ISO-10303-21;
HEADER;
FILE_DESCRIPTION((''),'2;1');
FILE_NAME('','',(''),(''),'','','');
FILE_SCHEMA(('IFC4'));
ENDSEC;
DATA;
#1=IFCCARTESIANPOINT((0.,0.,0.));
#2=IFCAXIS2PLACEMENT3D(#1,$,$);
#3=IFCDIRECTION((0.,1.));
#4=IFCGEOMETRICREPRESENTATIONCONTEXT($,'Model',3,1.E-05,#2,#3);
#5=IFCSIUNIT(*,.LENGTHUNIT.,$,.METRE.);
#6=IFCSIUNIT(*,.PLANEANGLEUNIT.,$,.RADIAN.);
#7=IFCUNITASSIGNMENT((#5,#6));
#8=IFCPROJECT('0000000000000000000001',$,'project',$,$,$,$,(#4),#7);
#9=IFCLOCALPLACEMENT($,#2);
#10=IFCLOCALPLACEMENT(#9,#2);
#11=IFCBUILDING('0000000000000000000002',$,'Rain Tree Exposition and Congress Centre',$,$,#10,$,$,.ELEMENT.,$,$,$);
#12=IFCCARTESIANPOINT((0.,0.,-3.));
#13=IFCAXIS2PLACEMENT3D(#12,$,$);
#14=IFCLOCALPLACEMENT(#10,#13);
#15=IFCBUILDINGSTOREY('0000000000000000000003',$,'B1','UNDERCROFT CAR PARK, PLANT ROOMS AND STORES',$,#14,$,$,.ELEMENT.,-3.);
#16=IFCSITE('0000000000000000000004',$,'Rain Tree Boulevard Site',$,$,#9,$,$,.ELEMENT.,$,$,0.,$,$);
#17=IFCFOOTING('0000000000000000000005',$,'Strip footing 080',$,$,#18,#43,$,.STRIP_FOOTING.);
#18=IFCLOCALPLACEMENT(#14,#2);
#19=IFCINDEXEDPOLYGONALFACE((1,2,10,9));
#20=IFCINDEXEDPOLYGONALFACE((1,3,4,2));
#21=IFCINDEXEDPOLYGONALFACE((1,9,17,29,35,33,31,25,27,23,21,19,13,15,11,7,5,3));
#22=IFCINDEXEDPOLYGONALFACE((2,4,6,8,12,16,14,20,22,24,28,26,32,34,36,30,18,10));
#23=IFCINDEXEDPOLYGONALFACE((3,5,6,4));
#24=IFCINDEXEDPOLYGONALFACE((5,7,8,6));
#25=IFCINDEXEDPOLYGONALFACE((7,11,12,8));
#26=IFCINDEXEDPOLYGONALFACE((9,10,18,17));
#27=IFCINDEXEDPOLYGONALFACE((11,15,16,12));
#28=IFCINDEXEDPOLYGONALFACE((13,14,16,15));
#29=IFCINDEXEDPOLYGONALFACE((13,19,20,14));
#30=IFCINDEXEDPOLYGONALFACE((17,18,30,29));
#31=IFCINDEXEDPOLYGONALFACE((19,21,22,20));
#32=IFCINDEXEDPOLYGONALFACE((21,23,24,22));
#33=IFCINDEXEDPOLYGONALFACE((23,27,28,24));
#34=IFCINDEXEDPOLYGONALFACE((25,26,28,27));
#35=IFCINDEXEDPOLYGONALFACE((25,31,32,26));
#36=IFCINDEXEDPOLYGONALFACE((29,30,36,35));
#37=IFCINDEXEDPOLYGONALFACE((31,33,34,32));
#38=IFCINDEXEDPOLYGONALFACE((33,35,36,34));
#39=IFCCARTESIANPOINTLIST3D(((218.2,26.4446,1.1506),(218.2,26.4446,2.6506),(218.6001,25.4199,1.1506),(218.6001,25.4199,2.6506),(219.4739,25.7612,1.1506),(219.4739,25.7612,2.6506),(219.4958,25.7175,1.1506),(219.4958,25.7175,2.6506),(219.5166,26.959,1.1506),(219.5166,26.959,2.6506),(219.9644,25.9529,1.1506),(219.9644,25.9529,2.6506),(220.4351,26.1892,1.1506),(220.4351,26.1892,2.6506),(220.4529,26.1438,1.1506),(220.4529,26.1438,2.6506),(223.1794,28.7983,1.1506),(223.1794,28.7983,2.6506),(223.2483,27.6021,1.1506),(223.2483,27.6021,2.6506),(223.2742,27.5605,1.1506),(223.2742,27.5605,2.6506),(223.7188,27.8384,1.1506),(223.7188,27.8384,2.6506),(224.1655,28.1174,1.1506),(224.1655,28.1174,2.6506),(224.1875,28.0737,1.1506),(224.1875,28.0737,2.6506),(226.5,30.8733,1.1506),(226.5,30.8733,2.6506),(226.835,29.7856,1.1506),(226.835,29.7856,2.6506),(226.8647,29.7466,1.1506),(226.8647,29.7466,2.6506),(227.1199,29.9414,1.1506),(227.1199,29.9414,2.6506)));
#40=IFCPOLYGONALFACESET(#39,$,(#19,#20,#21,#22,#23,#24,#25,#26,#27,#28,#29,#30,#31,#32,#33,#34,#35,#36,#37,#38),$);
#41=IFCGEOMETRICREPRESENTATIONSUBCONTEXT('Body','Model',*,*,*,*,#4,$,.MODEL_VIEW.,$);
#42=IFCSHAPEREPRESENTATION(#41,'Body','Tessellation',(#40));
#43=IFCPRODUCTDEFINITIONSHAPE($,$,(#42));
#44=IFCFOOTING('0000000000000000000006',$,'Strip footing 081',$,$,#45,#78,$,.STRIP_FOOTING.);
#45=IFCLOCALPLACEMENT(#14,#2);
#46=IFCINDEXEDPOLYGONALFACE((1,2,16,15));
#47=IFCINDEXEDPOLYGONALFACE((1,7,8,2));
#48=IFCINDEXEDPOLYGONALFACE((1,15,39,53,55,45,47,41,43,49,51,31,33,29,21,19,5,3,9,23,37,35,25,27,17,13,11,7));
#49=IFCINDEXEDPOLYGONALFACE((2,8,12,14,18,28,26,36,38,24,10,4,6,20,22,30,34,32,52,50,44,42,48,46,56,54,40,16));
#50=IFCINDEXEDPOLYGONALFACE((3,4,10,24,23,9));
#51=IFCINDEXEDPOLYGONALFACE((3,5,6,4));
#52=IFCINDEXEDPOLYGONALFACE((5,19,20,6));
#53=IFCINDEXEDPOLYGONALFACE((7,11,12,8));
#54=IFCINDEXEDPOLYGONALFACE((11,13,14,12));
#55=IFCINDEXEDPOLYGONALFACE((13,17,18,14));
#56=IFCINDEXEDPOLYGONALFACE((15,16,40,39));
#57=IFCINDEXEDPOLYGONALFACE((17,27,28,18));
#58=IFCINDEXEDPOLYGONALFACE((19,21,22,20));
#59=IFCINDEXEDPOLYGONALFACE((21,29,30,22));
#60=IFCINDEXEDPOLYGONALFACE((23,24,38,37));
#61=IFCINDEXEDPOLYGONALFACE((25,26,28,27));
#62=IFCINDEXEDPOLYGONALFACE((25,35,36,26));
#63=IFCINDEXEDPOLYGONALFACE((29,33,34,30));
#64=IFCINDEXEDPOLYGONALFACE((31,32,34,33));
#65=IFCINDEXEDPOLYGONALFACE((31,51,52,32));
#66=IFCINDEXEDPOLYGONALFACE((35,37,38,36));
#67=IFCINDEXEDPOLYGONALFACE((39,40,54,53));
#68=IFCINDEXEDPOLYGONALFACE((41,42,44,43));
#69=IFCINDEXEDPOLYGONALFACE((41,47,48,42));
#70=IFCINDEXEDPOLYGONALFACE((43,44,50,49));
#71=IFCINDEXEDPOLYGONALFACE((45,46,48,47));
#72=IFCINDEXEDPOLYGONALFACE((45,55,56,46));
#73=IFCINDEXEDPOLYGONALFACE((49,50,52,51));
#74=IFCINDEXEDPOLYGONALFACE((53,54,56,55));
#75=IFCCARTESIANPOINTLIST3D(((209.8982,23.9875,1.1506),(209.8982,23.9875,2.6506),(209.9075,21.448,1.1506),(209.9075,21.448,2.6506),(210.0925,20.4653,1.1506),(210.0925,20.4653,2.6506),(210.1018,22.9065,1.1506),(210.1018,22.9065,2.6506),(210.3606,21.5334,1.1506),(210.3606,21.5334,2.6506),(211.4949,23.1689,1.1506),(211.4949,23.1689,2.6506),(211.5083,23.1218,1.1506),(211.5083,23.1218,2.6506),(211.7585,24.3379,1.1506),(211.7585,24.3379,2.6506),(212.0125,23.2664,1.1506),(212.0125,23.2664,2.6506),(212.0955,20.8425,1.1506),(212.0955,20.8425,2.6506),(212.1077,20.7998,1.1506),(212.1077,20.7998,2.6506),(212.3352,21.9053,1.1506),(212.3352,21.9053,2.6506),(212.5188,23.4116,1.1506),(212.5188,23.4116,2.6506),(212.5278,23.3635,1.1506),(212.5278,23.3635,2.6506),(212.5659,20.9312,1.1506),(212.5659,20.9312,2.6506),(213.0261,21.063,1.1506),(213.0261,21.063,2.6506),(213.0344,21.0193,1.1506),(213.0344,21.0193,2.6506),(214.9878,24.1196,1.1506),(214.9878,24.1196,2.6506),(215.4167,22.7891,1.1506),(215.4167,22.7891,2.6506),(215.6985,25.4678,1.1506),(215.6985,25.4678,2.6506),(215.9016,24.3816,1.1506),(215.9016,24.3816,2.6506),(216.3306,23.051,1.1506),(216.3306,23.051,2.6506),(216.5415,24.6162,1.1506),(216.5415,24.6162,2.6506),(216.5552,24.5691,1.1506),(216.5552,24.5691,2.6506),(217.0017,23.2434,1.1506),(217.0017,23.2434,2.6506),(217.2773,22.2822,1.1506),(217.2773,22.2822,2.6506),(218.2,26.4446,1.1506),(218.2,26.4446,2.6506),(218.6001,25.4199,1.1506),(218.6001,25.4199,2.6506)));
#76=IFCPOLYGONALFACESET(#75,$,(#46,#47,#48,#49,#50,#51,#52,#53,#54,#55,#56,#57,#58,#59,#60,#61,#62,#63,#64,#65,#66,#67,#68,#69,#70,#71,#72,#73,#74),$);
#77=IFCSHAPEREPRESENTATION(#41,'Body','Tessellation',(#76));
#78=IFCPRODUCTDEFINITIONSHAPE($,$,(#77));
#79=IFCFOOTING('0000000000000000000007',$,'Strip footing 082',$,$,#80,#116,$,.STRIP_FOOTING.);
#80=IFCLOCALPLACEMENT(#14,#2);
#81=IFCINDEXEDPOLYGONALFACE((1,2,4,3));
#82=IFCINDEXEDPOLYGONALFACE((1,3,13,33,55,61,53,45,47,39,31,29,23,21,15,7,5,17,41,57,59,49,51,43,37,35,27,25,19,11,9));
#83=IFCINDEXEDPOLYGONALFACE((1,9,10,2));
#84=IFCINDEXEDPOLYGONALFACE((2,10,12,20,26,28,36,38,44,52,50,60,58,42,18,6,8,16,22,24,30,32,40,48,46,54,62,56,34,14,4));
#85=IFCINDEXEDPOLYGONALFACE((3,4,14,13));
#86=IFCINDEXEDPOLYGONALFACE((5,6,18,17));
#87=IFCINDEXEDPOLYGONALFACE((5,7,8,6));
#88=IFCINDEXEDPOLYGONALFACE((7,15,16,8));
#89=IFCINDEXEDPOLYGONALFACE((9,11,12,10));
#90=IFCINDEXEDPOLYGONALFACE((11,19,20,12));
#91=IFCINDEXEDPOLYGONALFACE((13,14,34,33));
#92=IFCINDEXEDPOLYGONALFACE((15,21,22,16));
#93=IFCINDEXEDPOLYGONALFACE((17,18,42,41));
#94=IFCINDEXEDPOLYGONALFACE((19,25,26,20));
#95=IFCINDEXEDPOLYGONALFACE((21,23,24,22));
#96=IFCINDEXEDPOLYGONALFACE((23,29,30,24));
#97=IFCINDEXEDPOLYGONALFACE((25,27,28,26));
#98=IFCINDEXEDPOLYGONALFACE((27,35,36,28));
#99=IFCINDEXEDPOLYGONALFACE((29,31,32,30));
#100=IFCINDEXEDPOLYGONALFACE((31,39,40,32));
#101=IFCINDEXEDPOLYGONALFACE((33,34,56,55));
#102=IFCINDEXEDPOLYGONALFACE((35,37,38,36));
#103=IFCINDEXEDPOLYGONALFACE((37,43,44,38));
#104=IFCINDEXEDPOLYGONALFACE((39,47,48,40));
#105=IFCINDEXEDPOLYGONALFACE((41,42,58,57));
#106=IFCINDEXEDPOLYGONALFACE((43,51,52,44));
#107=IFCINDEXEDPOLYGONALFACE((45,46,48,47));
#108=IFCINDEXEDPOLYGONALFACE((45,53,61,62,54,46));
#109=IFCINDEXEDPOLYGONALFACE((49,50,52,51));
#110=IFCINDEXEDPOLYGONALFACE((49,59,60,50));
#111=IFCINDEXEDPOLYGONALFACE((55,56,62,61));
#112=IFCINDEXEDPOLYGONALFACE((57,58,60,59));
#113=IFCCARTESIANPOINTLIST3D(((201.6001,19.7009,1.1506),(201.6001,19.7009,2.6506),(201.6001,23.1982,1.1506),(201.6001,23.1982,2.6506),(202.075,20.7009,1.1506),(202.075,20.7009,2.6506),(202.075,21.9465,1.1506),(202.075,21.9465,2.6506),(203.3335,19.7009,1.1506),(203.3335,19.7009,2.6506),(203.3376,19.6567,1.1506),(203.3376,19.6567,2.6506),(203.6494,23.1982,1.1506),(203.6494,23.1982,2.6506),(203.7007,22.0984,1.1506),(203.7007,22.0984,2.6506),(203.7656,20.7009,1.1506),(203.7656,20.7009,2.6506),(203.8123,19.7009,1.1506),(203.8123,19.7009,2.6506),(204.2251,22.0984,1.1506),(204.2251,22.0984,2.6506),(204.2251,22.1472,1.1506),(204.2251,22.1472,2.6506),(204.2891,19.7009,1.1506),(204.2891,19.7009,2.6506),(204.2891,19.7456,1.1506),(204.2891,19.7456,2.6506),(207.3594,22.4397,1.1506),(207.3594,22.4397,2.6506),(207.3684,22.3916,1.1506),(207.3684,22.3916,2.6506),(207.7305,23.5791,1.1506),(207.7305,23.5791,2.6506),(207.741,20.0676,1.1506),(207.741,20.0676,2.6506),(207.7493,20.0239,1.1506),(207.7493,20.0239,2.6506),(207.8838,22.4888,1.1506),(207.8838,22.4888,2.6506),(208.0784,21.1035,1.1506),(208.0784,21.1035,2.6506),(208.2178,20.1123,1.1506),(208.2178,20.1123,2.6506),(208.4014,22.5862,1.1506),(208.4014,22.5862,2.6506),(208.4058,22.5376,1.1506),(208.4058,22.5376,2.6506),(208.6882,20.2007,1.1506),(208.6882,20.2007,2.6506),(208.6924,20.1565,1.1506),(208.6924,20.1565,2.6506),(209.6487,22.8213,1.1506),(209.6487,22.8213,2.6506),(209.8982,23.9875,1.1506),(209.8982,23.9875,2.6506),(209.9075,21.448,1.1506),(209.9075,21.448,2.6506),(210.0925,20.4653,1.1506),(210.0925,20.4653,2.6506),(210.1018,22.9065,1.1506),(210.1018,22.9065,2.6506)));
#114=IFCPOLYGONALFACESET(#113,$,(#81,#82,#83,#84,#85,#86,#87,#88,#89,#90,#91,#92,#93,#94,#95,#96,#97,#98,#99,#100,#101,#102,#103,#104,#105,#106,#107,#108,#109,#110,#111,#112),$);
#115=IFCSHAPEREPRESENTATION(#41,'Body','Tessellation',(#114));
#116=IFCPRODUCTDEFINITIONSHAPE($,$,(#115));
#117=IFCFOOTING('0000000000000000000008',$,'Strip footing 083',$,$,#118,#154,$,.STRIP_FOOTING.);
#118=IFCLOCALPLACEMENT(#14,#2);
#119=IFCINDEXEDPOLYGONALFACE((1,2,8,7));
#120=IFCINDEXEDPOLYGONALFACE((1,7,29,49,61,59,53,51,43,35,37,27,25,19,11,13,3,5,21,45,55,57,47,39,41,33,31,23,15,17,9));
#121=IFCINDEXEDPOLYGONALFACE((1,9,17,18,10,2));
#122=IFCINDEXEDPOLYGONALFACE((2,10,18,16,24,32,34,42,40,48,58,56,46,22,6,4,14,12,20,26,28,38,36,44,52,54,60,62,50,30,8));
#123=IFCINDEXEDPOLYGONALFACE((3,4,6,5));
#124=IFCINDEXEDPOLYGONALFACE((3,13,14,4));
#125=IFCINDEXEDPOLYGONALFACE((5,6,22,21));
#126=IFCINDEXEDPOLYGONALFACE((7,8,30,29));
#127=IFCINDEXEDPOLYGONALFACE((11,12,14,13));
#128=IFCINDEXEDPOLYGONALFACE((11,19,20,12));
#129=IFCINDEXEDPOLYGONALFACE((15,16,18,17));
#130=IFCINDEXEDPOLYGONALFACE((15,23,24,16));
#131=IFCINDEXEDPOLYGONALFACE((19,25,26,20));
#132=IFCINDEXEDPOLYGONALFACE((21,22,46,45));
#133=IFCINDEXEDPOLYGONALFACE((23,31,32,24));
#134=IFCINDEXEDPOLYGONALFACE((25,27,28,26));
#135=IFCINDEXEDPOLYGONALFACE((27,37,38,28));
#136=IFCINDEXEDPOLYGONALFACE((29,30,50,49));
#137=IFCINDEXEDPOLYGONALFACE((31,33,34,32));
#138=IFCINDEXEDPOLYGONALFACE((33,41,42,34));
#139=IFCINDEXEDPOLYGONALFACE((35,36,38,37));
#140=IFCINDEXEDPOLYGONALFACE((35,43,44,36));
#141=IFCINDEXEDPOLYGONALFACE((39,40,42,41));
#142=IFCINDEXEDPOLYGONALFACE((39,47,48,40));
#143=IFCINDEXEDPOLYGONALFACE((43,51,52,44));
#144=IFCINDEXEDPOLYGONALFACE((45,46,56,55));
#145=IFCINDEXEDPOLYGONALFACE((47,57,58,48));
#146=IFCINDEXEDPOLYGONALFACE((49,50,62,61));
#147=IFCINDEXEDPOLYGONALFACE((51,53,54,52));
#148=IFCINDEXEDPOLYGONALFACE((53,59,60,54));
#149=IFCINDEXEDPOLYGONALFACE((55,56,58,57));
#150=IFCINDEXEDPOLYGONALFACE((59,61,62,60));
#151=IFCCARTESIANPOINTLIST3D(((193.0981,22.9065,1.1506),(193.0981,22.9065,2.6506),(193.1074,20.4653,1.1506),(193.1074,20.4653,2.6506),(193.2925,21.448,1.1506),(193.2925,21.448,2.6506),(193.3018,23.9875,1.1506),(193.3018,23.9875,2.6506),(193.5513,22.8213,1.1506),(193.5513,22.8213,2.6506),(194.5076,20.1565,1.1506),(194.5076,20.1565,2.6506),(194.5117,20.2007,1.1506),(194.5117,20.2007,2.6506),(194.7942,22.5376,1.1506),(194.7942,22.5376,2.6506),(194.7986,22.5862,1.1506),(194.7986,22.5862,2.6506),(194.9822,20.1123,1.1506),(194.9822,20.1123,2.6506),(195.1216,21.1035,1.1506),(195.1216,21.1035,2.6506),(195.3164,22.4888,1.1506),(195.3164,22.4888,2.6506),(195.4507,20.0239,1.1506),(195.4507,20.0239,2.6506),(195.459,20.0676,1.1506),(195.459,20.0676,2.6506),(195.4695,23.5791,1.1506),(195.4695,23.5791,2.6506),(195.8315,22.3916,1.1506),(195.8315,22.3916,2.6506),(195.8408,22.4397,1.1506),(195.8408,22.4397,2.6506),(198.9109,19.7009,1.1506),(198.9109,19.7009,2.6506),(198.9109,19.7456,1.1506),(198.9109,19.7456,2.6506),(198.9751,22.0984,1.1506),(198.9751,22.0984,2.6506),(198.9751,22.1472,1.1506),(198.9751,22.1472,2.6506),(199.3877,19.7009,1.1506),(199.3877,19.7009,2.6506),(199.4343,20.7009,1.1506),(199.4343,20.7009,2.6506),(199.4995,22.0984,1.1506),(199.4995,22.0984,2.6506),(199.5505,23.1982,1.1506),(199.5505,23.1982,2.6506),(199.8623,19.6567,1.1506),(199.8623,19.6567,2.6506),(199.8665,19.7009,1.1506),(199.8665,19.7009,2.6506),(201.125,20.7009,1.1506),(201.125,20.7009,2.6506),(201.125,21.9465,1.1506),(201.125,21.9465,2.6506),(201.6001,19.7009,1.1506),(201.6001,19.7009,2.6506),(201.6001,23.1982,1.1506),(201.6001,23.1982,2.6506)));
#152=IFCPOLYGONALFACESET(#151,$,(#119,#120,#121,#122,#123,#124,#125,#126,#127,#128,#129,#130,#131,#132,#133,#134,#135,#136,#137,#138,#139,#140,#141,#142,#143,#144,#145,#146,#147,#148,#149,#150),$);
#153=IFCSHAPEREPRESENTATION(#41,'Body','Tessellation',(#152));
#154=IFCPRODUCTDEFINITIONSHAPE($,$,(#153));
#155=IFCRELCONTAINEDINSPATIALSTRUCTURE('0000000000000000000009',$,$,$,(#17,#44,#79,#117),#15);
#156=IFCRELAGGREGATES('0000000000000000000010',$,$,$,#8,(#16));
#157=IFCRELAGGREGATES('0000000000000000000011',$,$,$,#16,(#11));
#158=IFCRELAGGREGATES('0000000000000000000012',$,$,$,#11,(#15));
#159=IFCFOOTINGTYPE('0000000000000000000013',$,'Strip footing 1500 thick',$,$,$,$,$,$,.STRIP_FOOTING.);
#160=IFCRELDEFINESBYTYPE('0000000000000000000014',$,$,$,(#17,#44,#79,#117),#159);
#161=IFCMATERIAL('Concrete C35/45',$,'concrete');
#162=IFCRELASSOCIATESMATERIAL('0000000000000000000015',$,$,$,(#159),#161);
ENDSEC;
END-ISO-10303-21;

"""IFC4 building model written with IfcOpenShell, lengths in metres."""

from ifc_helpers import new_model, si_unit, direction, frame, origin, place, context, subcontext, project, spatial, polyline, outline, extrude, material, type_object, element, save


model = new_model("IFC4")

# Units and contexts
model_context = context("Model", 3, precision=1e-05, world=origin(), true_north=direction((0.0, 1.0)))
body_context = subcontext(model_context, "Body", "Model", "MODEL_VIEW")
ifc_project = project(units=[si_unit("LENGTHUNIT", "METRE"), si_unit("PLANEANGLEUNIT", "RADIAN")], contexts=[model_context])

# Site, building, storey
site_placement = place(None, origin())
site = spatial("IfcSite", under=ifc_project, at=site_placement, Name="Rain Tree Boulevard Site", CompositionType="ELEMENT", RefElevation=0.0)
building_placement = place(site_placement, origin())
building = spatial("IfcBuilding", under=site, at=building_placement, Name="Rain Tree Exposition and Congress Centre", CompositionType="ELEMENT")
storey_placement = place(building_placement, frame((0.0, 0.0, -3.0)))
storey = spatial("IfcBuildingStorey", under=building, at=storey_placement, Name="B1", Description="UNDERCROFT CAR PARK, PLANT ROOMS AND STORES", CompositionType="ELEMENT", Elevation=-3.0)

# Footings
ifc_material_1 = material(Name="Concrete C35/45", Category="concrete")
footing_type_1 = type_object("IfcFootingType", Name="Strip footing 1500 thick", PredefinedType="STRIP_FOOTING", material=ifc_material_1)
footing_1_placement = place(storey_placement, frame((0.0, 0.0, 1.1506)))
element("IfcFooting", 1, at=footing_1_placement, inside=storey, type_object=footing_type_1, Name="Strip footing 080", PredefinedType="STRIP_FOOTING", context=body_context, shape_type="SweptSolid", body=[
    extrude(outline(polyline([(227.1199, 29.9414), (226.5, 30.8733), (223.1794, 28.7983), (219.5166, 26.959), (218.2, 26.4446), (218.6001, 25.4199), (219.4739, 25.7612), (219.4958, 25.7175), (219.9644, 25.9529), (220.4529, 26.1438), (220.4351, 26.1892), (223.2483, 27.6021), (223.2742, 27.5605), (223.7188, 27.8384), (224.1875, 28.0737), (224.1655, 28.1174), (226.835, 29.7856), (226.8647, 29.7466), (227.1199, 29.9414)])), origin(), (0.0, 0.0, 1.0), 1.5),
])
footing_2_placement = place(storey_placement, frame((0.0, 0.0, 1.1506)))
element("IfcFooting", 2, at=footing_2_placement, inside=storey, type_object=footing_type_1, Name="Strip footing 081", PredefinedType="STRIP_FOOTING", context=body_context, shape_type="SweptSolid", body=[
    extrude(outline(polyline([(218.6001, 25.4199), (218.2, 26.4446), (215.6985, 25.4678), (211.7585, 24.3379), (209.8982, 23.9875), (210.1018, 22.9065), (211.4949, 23.1689), (211.5083, 23.1218), (212.0125, 23.2664), (212.5278, 23.3635), (212.5188, 23.4116), (214.9878, 24.1196), (215.4167, 22.7891), (212.3352, 21.9053), (210.3606, 21.5334), (209.9075, 21.448), (210.0925, 20.4653), (212.0955, 20.8425), (212.1077, 20.7998), (212.5659, 20.9312), (213.0344, 21.0193), (213.0261, 21.063), (217.2773, 22.2822), (217.0017, 23.2434), (216.3306, 23.051), (215.9016, 24.3816), (216.5552, 24.5691), (216.5415, 24.6162), (218.6001, 25.4199)])), origin(), (0.0, 0.0, 1.0), 1.5),
])
footing_3_placement = place(storey_placement, frame((0.0, 0.0, 1.1506)))
element("IfcFooting", 3, at=footing_3_placement, inside=storey, type_object=footing_type_1, Name="Strip footing 082", PredefinedType="STRIP_FOOTING", context=body_context, shape_type="SweptSolid", body=[
    extrude(outline(polyline([(210.0925, 20.4653), (209.9075, 21.448), (208.0784, 21.1035), (203.7656, 20.7009), (202.075, 20.7009), (202.075, 21.9465), (203.7007, 22.0984), (204.2251, 22.0984), (204.2251, 22.1472), (207.3594, 22.4397), (207.3684, 22.3916), (207.8838, 22.4888), (208.4058, 22.5376), (208.4014, 22.5862), (209.6487, 22.8213), (210.1018, 22.9065), (209.8982, 23.9875), (207.7305, 23.5791), (203.6494, 23.1982), (201.6001, 23.1982), (201.6001, 19.7009), (203.3335, 19.7009), (203.3376, 19.6567), (203.8123, 19.7009), (204.2891, 19.7009), (204.2891, 19.7456), (207.741, 20.0676), (207.7493, 20.0239), (208.2178, 20.1123), (208.6924, 20.1565), (208.6882, 20.2007), (210.0925, 20.4653)])), origin(), (0.0, 0.0, 1.0), 1.5),
])
footing_4_placement = place(storey_placement, frame((0.0, 0.0, 1.1506)))
element("IfcFooting", 4, at=footing_4_placement, inside=storey, type_object=footing_type_1, Name="Strip footing 083", PredefinedType="STRIP_FOOTING", context=body_context, shape_type="SweptSolid", body=[
    extrude(outline(polyline([(201.6001, 19.7009), (201.6001, 23.1982), (199.5505, 23.1982), (195.4695, 23.5791), (193.3018, 23.9875), (193.0981, 22.9065), (193.5513, 22.8213), (194.7986, 22.5862), (194.7942, 22.5376), (195.3164, 22.4888), (195.8315, 22.3916), (195.8408, 22.4397), (198.9751, 22.1472), (198.9751, 22.0984), (199.4995, 22.0984), (201.125, 21.9465), (201.125, 20.7009), (199.4343, 20.7009), (195.1216, 21.1035), (193.2925, 21.448), (193.1074, 20.4653), (194.5117, 20.2007), (194.5076, 20.1565), (194.9822, 20.1123), (195.4507, 20.0239), (195.459, 20.0676), (198.9109, 19.7456), (198.9109, 19.7009), (199.3877, 19.7009), (199.8623, 19.6567), (199.8665, 19.7009), (201.6001, 19.7009)])), origin(), (0.0, 0.0, 1.0), 1.5),
])

save(model, "model.ifc")
